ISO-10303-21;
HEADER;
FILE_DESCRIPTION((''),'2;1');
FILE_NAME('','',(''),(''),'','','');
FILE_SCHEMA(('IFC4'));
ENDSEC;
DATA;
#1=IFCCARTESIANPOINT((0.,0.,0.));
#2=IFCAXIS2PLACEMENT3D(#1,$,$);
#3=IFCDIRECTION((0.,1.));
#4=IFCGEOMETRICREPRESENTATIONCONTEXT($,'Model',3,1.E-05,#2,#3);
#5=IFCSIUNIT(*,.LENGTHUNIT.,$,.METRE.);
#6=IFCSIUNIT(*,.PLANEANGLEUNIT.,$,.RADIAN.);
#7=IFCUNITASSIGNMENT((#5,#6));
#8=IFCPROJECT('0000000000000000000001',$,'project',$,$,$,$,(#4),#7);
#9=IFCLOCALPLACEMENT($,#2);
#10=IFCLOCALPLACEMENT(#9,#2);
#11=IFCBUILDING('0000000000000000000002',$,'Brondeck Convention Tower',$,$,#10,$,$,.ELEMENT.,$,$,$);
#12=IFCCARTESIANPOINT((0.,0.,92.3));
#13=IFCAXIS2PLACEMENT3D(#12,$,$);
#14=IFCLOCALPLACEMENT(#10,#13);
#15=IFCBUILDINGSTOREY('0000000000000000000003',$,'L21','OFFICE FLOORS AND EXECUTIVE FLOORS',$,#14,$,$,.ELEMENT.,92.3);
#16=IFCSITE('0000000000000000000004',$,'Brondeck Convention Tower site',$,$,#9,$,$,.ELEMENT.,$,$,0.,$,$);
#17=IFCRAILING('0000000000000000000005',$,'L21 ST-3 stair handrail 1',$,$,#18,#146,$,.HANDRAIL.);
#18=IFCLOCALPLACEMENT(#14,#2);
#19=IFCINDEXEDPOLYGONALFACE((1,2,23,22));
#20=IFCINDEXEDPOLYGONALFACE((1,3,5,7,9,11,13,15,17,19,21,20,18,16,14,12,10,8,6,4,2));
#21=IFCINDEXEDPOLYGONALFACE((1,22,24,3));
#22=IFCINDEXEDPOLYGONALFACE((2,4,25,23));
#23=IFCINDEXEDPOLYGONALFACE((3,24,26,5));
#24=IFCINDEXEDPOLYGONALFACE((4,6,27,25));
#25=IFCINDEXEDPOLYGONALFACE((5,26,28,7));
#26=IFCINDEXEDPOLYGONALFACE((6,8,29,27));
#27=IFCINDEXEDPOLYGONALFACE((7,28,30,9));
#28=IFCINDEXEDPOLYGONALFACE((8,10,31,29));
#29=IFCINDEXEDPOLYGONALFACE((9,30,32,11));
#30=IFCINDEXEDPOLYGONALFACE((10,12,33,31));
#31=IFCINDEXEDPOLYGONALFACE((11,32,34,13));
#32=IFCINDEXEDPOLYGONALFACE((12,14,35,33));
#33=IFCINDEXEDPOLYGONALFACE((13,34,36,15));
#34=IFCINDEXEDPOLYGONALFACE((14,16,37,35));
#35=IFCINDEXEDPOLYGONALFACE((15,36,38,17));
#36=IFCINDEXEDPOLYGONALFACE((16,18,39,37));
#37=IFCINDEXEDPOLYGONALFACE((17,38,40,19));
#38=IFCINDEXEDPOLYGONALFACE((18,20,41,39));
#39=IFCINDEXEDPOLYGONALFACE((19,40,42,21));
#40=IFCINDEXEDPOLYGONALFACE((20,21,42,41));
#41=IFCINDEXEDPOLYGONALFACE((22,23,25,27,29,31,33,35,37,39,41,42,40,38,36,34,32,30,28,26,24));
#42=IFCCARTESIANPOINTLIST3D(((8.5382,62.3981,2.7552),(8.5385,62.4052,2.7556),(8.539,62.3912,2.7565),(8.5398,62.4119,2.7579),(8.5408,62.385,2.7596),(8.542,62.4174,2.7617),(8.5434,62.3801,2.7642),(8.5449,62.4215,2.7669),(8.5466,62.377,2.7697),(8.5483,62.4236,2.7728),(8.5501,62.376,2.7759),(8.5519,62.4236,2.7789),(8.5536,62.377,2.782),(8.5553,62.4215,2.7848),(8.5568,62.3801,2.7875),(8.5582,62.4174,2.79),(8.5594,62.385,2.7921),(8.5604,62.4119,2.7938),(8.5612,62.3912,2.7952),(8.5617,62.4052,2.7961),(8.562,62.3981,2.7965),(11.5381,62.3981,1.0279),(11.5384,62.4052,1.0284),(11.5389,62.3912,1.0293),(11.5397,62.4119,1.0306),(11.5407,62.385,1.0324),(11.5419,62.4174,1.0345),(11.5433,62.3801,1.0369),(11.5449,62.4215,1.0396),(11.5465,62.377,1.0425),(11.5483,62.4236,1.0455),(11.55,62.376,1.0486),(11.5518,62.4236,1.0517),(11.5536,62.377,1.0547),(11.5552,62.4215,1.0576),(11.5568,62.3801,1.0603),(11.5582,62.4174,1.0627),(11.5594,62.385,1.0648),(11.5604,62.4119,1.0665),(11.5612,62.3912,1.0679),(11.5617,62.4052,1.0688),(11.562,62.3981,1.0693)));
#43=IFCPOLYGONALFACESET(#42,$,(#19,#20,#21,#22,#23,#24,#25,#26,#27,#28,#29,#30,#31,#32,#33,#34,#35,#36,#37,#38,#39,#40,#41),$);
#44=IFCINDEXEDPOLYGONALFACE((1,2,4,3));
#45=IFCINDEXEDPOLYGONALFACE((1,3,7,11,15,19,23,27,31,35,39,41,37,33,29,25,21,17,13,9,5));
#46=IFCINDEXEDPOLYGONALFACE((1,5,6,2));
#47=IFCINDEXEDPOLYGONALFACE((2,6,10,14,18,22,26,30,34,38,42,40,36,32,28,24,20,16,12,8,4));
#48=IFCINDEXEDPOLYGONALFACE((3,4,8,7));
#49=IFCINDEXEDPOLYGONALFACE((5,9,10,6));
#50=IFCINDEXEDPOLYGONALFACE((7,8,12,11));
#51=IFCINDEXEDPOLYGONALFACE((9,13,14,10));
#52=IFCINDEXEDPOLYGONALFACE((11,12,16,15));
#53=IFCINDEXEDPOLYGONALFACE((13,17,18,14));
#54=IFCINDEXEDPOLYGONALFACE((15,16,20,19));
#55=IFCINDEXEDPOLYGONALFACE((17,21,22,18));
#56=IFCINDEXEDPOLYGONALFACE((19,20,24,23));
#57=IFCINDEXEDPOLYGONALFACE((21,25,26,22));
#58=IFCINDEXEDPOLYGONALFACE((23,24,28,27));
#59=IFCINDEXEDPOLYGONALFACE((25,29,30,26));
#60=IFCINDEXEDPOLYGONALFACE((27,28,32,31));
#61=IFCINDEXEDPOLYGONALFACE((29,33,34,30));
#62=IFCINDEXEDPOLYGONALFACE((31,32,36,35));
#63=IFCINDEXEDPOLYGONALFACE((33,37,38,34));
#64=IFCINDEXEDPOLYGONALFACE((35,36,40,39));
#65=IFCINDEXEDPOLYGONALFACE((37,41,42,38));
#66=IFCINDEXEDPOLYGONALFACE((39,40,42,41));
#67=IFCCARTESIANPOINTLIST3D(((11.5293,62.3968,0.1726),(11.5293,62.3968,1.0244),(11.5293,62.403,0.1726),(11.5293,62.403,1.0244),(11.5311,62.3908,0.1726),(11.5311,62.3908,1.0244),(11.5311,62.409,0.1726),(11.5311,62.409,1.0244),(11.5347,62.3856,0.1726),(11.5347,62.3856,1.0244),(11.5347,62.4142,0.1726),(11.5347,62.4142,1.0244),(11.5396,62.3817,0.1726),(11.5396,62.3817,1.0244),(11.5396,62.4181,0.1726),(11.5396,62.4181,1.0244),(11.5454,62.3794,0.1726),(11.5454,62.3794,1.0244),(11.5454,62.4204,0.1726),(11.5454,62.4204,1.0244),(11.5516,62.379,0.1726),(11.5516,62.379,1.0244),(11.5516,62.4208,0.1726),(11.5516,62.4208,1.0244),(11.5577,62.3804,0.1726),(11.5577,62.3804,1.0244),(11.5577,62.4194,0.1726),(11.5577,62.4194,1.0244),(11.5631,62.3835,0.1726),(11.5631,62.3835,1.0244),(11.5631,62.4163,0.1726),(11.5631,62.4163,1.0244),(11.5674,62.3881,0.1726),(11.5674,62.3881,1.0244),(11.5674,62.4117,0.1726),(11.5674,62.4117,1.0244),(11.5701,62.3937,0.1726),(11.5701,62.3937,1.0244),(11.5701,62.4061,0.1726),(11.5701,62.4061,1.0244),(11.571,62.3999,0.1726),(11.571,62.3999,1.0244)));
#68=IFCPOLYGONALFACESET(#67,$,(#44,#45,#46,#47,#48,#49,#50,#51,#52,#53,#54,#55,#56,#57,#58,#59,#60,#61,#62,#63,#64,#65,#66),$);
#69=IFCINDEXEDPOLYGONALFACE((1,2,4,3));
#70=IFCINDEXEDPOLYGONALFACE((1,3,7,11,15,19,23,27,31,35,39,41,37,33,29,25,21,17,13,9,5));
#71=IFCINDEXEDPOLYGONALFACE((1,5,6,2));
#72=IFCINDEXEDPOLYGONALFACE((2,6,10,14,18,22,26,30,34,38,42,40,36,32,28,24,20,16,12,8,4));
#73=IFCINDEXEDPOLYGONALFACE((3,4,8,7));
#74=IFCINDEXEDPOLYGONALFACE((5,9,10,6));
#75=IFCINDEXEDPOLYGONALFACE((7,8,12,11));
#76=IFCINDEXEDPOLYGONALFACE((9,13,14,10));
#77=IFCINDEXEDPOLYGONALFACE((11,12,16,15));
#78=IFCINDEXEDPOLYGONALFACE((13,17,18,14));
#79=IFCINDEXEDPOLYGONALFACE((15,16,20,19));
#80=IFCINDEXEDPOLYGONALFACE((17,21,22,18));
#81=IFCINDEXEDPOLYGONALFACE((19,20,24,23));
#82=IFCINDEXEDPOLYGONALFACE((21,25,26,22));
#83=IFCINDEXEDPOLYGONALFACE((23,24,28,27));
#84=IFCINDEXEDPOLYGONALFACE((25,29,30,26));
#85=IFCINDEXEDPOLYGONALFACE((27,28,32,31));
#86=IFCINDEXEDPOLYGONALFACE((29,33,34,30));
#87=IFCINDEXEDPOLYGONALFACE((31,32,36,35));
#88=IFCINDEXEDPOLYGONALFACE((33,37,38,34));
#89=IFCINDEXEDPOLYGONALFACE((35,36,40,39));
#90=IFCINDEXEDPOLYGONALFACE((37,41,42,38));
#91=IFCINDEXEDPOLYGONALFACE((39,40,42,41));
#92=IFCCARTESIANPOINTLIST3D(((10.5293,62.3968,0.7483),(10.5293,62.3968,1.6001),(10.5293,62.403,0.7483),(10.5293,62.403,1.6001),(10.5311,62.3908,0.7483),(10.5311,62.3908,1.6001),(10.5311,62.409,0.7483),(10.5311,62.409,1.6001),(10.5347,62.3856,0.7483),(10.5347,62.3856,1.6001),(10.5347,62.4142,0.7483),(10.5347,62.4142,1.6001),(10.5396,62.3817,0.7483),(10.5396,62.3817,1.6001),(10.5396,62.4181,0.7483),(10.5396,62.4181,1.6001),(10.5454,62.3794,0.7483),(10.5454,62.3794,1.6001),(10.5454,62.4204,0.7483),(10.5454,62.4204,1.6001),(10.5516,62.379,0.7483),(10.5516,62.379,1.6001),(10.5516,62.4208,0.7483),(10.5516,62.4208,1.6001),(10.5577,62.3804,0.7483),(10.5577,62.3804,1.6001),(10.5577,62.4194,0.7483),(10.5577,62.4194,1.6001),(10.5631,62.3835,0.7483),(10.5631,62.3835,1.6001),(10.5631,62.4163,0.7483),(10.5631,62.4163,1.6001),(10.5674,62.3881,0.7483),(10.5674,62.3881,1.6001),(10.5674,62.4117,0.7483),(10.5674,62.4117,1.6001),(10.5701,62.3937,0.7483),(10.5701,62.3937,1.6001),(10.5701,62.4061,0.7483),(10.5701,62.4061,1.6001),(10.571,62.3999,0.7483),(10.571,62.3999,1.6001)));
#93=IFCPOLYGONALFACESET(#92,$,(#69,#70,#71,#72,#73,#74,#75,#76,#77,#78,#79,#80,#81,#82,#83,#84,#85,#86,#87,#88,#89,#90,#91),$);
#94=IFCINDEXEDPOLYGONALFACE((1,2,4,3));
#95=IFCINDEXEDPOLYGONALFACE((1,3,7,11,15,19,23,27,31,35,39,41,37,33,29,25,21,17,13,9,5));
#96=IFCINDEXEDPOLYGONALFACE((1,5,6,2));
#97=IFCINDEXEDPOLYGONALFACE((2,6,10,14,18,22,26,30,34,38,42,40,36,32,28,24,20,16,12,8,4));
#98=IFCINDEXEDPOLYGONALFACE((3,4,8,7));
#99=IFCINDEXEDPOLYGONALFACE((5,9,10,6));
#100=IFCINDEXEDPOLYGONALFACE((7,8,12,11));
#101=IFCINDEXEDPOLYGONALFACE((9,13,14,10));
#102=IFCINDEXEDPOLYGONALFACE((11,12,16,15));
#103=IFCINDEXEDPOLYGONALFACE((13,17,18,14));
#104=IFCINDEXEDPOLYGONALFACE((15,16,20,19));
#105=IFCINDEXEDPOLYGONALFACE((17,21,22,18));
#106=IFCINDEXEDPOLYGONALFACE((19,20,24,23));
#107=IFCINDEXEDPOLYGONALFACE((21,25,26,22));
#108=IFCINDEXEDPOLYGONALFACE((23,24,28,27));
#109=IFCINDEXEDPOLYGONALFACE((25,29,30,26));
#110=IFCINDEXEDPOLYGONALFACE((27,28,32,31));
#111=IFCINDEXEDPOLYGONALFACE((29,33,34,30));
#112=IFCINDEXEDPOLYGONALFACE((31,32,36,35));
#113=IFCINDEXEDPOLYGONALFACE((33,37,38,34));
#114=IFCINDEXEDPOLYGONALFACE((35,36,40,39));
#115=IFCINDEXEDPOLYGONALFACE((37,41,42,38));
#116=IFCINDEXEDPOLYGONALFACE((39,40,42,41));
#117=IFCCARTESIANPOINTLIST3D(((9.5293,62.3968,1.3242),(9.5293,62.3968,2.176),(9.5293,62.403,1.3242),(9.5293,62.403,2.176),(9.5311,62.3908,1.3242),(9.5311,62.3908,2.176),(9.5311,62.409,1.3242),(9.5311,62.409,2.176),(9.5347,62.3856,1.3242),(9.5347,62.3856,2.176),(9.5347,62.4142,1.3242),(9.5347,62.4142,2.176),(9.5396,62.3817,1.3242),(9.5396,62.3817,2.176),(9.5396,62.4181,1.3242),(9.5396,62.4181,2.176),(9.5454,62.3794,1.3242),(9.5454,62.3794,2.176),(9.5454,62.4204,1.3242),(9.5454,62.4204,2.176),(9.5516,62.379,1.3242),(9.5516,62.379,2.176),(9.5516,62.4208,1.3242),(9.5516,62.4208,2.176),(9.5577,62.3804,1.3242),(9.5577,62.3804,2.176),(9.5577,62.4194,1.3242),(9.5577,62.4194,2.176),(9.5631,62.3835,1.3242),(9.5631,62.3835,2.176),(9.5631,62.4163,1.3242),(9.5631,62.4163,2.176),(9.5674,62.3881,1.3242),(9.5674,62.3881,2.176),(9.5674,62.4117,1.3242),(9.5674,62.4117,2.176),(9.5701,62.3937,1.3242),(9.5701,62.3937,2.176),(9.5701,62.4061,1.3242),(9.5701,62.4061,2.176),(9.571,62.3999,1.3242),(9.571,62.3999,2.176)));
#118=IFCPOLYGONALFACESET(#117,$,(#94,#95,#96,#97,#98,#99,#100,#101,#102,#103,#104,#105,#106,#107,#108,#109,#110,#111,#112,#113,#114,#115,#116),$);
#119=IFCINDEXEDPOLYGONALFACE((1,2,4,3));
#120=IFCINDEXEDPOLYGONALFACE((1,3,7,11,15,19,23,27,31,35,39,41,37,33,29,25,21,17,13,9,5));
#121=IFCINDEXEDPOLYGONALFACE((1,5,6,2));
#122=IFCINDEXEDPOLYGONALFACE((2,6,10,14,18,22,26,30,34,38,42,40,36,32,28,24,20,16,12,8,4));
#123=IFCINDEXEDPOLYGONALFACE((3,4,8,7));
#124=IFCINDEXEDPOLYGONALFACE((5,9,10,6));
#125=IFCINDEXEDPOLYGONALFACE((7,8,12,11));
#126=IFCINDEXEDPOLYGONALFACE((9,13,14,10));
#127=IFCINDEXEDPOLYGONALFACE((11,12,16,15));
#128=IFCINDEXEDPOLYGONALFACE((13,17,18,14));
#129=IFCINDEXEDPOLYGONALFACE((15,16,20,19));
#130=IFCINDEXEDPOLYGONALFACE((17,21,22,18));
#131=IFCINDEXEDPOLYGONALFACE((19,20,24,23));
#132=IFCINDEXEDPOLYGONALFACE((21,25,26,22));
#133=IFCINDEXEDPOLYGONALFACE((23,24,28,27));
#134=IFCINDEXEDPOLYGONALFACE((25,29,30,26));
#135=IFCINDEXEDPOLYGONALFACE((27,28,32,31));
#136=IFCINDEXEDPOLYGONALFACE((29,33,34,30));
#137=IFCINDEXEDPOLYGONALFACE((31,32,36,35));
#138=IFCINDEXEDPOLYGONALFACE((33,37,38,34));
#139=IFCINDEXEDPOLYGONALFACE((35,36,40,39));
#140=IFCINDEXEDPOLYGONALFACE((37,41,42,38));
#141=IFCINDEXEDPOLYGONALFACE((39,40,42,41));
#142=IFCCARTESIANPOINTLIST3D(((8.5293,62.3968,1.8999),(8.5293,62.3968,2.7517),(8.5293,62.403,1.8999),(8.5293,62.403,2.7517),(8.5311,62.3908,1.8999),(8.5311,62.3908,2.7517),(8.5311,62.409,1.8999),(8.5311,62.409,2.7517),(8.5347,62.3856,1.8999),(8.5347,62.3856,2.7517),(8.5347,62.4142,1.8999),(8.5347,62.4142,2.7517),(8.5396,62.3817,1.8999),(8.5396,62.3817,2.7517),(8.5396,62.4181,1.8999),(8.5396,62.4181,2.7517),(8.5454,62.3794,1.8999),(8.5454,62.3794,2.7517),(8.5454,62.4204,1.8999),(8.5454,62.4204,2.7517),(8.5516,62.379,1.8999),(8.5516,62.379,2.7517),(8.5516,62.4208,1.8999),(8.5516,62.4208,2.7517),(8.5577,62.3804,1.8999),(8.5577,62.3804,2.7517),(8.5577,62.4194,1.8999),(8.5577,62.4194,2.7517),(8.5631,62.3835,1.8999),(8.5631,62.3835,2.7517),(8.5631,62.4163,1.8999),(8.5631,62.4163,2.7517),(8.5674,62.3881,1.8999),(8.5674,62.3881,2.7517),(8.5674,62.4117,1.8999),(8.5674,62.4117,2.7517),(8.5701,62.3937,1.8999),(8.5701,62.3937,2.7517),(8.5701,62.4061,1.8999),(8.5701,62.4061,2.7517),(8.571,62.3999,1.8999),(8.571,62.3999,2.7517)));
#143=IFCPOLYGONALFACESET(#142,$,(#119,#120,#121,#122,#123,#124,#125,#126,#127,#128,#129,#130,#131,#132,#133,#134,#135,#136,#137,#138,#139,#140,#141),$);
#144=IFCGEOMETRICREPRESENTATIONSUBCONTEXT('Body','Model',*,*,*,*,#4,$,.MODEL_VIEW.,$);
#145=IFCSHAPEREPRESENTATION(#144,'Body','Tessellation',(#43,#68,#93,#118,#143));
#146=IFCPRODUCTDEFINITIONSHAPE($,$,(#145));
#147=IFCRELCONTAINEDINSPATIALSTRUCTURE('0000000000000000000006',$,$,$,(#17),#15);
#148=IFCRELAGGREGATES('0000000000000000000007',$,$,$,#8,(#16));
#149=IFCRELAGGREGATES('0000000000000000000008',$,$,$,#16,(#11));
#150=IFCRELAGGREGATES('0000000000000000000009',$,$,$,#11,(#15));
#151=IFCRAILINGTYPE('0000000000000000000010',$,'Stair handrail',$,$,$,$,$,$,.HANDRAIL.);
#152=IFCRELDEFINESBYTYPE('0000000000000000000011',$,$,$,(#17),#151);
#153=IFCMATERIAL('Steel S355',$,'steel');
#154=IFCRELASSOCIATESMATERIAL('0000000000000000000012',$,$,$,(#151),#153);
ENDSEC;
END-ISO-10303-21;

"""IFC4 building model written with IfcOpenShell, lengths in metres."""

from ifc_helpers import new_model, si_unit, direction, frame, origin, origin_2d, place, context, subcontext, project, spatial, circle, extrude, material, type_object, element, save


model = new_model("IFC4")

# Units and contexts
model_context = context("Model", 3, precision=1e-05, world=origin(), true_north=direction((0.0, 1.0)))
body_context = subcontext(model_context, "Body", "Model", "MODEL_VIEW")
ifc_project = project(units=[si_unit("LENGTHUNIT", "METRE"), si_unit("PLANEANGLEUNIT", "RADIAN")], contexts=[model_context])

# Site, building, storey
site_placement = place(None, origin())
site = spatial("IfcSite", under=ifc_project, at=site_placement, Name="Brondeck Convention Tower site", CompositionType="ELEMENT", RefElevation=0.0)
building_placement = place(site_placement, origin())
building = spatial("IfcBuilding", under=site, at=building_placement, Name="Brondeck Convention Tower", CompositionType="ELEMENT")
storey_placement = place(building_placement, frame((0.0, 0.0, 92.3)))
storey = spatial("IfcBuildingStorey", under=building, at=storey_placement, Name="L21", Description="OFFICE FLOORS AND EXECUTIVE FLOORS", CompositionType="ELEMENT", Elevation=92.3)

# Railing
ifc_material_1 = material(Name="Steel S355", Category="steel")
railing_type_1 = type_object("IfcRailingType", Name="Stair handrail", PredefinedType="HANDRAIL", material=ifc_material_1)
railing_1_placement = place(storey_placement, frame((11.55, 62.3999, 0.1726)))
element("IfcRailing", 1, at=railing_1_placement, inside=storey, type_object=railing_type_1, Name="L21 ST-3 stair handrail 1", PredefinedType="HANDRAIL", context=body_context, shape_type="SweptSolid", body=[
    extrude(circle(Radius=0.0239, at=origin_2d()), frame((0.0, 0.0, 0.876), z_axis=(-0.86662, 0.0, 0.498969), x_axis=(0.0, -1.0, 0.0)), (0.0, 0.0, 1.0), 3.4617),
    extrude(circle(Radius=0.021, at=origin_2d()), origin(), (0.0, 0.0, 1.0), 0.8518),
    extrude(circle(Radius=0.021, at=origin_2d()), frame((-1.0, 0.0, 0.5757)), (0.0, 0.0, 1.0), 0.8518),
    extrude(circle(Radius=0.021, at=origin_2d()), frame((-2.0, 0.0, 1.1516)), (0.0, 0.0, 1.0), 0.8518),
    extrude(circle(Radius=0.021, at=origin_2d()), frame((-3.0, 0.0, 1.7273)), (0.0, 0.0, 1.0), 0.8518),
])

save(model, "model.ifc")
